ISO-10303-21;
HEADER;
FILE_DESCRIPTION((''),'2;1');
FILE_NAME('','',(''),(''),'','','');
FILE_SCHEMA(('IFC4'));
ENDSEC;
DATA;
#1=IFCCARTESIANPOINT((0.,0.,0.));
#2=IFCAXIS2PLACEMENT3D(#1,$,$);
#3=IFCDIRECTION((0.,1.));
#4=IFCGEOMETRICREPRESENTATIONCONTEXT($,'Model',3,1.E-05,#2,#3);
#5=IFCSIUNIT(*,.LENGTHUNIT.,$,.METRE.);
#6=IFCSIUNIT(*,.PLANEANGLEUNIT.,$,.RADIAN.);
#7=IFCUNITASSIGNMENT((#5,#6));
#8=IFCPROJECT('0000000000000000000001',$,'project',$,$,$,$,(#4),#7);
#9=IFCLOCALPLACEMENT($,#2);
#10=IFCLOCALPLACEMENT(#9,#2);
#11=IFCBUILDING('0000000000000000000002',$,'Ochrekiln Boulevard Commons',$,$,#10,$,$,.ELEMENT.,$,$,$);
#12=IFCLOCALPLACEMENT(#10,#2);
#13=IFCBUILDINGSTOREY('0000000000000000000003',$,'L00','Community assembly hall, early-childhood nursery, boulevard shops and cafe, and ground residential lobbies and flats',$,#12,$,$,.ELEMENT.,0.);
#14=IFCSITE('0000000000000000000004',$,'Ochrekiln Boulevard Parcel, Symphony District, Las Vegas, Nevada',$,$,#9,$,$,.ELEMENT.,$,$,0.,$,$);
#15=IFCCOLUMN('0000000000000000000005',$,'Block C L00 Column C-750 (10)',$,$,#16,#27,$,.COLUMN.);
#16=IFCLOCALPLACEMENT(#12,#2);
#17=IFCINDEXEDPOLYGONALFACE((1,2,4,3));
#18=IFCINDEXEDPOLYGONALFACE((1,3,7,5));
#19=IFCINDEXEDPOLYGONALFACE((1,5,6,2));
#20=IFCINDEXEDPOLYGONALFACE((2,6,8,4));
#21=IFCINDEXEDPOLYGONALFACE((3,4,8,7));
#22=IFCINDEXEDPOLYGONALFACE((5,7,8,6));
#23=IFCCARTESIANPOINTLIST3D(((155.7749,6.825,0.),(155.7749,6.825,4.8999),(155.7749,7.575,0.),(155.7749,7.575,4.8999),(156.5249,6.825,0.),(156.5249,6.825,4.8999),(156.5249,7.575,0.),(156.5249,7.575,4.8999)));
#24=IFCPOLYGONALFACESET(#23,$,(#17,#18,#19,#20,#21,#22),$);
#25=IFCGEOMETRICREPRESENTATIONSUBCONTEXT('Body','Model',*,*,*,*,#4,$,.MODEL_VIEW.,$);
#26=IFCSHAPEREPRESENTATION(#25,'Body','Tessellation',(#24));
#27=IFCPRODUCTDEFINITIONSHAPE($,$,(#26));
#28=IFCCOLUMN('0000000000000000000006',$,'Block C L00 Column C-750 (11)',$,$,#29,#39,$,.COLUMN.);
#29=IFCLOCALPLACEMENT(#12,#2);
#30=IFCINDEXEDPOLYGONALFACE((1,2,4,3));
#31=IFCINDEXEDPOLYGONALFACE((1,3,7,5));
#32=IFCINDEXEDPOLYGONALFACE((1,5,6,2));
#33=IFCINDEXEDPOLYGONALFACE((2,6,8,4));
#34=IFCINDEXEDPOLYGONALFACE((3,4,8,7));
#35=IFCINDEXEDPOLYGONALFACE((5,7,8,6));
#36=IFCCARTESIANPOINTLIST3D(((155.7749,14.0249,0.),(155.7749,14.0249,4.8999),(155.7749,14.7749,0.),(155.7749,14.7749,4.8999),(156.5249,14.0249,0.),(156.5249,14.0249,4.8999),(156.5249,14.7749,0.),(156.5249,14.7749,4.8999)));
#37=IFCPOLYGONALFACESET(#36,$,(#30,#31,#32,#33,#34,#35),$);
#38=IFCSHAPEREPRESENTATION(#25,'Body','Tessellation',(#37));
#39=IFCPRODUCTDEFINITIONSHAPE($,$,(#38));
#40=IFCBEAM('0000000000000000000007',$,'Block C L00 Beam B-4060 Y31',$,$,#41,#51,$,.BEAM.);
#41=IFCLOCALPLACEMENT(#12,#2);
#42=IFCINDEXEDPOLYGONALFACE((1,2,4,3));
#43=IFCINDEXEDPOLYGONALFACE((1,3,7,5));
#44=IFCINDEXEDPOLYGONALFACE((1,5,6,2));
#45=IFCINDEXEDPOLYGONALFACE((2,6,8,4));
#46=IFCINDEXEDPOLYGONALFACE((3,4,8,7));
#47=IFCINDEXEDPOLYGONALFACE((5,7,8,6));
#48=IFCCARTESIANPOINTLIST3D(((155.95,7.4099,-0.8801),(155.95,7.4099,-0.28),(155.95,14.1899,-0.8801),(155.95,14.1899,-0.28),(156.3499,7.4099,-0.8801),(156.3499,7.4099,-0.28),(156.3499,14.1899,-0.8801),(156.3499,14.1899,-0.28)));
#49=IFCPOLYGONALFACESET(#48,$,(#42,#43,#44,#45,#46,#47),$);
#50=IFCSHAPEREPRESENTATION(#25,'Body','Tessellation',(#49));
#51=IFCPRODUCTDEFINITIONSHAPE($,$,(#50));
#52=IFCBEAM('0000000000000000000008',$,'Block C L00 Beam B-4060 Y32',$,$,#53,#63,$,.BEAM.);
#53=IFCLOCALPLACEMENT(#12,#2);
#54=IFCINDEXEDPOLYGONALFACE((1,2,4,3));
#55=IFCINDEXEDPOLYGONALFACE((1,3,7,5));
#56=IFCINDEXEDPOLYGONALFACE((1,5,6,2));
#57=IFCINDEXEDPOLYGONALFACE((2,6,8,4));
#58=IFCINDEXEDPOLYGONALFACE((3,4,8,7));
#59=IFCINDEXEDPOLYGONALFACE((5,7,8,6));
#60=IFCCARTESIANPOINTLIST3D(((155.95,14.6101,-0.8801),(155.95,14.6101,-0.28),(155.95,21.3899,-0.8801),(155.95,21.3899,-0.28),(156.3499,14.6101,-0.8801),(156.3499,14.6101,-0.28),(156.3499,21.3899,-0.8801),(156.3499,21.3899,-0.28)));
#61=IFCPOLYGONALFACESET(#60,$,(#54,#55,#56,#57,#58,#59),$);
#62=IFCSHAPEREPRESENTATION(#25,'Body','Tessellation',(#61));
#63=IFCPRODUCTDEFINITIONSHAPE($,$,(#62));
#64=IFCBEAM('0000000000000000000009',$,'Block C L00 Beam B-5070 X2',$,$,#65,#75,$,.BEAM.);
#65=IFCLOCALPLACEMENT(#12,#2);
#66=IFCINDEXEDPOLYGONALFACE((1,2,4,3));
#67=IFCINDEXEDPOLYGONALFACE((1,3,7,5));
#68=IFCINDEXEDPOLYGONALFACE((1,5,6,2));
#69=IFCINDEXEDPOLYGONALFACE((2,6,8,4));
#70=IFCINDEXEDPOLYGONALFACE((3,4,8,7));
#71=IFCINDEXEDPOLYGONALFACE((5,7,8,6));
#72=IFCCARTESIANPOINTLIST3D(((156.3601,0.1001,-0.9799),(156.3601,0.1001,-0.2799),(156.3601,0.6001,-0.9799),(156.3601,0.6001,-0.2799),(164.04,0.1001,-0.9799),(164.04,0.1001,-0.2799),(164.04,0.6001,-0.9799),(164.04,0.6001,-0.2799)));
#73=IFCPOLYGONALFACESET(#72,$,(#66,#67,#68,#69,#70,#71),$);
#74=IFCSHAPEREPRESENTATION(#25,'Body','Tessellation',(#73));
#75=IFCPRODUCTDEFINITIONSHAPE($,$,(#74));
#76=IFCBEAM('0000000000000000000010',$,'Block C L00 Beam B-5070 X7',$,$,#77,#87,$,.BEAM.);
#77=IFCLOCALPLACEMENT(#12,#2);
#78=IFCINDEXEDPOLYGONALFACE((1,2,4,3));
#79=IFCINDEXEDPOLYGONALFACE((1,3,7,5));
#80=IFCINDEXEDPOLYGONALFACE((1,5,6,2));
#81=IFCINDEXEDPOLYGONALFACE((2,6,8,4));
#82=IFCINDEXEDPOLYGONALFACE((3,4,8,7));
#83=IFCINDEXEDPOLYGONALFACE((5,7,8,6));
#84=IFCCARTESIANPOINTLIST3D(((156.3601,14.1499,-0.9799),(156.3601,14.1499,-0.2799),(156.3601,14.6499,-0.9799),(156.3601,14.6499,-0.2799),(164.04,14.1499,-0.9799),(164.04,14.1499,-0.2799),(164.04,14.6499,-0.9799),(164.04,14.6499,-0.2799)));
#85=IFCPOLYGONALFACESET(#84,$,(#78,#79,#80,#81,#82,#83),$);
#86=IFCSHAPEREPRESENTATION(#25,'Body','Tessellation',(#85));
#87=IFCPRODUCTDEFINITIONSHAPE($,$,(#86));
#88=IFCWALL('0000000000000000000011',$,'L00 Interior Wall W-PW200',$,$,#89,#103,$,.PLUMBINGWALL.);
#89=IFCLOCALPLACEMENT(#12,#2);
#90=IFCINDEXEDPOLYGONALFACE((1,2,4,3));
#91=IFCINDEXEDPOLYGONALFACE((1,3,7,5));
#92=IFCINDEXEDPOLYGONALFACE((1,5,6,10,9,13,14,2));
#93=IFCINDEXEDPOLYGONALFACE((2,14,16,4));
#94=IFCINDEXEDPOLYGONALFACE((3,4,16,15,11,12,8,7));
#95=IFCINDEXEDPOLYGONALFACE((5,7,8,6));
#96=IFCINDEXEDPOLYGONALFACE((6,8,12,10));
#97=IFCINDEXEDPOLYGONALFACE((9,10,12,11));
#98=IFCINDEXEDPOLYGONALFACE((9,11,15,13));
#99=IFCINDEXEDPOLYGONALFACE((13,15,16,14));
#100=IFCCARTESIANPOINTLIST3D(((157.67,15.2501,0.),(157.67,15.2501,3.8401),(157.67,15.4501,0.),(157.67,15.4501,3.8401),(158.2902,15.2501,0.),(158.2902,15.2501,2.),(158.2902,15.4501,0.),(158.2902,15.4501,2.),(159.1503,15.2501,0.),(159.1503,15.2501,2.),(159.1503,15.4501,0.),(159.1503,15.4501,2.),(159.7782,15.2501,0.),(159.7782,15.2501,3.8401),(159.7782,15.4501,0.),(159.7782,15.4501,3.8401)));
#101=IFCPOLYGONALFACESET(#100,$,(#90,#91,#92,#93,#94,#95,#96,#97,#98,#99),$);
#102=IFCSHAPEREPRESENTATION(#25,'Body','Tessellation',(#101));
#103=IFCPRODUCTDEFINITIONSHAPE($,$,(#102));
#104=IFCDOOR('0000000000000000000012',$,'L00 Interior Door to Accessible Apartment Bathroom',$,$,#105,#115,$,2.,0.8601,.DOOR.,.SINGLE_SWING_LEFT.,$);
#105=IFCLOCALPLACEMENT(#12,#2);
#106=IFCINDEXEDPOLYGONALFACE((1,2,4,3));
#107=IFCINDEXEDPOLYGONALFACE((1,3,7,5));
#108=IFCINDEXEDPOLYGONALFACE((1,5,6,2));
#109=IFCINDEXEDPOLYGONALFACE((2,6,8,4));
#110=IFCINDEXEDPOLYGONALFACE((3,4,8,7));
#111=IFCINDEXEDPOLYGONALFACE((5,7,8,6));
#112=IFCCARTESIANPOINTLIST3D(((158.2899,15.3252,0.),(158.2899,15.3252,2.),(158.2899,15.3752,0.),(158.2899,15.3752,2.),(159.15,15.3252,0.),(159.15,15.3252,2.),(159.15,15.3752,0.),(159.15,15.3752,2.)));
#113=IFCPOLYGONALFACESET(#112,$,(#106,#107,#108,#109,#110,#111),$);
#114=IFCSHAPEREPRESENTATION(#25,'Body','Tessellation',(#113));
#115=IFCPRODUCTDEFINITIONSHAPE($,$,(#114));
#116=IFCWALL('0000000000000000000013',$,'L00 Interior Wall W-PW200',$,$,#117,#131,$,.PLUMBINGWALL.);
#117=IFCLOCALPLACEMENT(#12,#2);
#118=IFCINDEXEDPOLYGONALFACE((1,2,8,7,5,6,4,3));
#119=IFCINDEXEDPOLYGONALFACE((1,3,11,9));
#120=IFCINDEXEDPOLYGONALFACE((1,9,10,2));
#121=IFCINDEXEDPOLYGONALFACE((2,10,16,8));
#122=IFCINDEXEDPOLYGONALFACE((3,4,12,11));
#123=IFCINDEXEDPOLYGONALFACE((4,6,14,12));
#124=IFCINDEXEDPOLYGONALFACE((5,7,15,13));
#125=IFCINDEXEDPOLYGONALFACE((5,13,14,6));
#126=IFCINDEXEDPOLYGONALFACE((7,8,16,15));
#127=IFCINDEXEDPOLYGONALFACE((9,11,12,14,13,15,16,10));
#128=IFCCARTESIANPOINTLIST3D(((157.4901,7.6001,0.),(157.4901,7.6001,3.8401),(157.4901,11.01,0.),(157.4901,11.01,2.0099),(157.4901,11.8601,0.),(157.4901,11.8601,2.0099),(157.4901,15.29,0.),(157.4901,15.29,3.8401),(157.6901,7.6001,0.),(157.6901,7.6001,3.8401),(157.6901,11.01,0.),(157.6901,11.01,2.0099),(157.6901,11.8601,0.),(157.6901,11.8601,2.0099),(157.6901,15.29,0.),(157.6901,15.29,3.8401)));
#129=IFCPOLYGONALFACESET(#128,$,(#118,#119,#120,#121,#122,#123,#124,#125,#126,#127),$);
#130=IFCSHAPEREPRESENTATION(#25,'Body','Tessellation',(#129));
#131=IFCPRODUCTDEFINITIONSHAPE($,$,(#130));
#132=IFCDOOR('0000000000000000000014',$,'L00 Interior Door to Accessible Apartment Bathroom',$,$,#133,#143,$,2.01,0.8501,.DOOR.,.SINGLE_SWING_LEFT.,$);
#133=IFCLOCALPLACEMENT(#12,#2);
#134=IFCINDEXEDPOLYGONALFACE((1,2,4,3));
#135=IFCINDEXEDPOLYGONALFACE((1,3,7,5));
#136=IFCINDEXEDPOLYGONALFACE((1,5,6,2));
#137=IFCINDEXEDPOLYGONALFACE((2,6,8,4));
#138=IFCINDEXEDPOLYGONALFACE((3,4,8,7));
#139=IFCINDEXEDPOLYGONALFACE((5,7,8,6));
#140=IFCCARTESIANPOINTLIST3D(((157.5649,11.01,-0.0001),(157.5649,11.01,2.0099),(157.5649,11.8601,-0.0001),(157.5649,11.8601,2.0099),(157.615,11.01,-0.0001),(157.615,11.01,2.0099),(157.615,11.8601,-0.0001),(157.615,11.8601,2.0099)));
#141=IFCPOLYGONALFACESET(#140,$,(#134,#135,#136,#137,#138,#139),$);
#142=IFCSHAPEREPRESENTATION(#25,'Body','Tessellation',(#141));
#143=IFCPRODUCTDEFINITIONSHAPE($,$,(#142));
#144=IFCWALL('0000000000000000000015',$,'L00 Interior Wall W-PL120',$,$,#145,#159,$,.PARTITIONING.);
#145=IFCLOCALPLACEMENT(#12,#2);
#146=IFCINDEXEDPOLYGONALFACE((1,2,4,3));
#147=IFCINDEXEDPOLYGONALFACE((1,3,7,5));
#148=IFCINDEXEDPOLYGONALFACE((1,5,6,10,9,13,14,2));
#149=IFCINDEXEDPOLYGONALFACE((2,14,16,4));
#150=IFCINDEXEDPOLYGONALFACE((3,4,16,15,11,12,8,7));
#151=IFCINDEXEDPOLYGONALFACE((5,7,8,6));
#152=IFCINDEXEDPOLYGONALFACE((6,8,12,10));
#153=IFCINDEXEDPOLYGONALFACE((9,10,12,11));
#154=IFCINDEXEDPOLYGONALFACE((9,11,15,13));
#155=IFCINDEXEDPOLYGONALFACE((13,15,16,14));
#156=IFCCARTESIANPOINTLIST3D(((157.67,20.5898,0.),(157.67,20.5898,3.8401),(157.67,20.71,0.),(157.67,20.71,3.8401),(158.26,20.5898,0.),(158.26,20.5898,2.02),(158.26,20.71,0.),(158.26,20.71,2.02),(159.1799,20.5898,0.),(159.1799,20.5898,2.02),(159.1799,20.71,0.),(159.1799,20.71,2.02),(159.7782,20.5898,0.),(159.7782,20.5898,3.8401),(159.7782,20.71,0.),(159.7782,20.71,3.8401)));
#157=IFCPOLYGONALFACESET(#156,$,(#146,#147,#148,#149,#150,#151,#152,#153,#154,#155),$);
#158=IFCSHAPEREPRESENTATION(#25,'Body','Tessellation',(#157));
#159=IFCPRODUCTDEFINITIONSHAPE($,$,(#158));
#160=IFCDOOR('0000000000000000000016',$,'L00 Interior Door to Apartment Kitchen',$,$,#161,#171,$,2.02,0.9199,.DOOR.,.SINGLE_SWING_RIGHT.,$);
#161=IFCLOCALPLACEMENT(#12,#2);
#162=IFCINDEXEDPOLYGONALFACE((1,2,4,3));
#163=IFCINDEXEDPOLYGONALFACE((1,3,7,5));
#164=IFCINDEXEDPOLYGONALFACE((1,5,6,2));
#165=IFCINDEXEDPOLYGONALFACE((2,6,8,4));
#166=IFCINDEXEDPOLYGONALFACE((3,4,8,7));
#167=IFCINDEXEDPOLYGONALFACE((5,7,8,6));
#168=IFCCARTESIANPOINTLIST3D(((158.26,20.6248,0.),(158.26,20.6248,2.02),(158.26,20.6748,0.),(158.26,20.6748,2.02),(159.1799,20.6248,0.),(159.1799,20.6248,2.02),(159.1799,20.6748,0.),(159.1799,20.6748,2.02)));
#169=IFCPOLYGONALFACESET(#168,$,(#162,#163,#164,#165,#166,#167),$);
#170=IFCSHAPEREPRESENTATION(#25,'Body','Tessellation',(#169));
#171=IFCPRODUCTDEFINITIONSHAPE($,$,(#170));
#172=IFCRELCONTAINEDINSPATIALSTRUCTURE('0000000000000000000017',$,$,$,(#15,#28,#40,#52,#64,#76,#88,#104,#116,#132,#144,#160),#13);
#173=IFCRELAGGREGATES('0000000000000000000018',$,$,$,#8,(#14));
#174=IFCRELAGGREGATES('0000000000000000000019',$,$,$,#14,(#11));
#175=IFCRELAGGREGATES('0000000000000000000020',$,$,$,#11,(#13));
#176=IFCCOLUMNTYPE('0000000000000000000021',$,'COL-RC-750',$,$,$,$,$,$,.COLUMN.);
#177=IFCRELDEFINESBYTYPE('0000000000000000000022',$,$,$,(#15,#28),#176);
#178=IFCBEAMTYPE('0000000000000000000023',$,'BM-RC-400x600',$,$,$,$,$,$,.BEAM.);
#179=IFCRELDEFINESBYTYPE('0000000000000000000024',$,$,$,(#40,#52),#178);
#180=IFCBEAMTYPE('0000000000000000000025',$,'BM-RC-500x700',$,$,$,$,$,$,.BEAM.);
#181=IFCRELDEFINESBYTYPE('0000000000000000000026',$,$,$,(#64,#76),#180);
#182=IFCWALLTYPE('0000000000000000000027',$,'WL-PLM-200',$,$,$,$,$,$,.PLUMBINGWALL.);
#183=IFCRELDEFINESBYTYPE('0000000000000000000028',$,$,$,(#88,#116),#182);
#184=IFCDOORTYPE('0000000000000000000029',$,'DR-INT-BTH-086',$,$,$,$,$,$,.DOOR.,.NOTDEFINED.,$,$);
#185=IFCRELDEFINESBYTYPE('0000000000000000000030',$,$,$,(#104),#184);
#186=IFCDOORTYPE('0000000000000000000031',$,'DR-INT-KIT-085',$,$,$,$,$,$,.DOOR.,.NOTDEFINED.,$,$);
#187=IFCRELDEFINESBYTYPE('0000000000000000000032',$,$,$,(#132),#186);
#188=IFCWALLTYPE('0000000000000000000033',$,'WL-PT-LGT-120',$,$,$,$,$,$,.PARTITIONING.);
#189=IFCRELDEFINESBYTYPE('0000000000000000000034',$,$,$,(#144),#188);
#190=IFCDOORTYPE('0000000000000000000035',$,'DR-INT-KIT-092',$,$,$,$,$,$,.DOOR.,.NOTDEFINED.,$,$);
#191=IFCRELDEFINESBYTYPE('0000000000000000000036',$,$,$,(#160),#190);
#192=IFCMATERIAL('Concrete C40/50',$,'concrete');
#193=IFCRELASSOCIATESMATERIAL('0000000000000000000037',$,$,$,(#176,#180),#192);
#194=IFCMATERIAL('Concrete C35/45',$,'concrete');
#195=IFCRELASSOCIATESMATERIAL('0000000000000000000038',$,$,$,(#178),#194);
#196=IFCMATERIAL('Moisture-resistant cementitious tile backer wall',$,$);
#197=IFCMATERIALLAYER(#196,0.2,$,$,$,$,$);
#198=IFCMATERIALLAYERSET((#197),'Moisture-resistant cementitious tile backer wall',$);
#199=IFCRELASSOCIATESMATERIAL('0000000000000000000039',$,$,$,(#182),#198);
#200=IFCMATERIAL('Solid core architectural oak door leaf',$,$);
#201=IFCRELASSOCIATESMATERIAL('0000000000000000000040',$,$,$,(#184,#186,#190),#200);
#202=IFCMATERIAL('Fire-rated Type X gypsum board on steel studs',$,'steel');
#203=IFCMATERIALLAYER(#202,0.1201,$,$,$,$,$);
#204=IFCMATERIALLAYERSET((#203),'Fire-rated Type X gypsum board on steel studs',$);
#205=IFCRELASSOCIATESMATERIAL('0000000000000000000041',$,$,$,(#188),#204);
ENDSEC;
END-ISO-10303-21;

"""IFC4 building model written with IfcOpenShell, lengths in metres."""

from ifc_helpers import new_model, si_unit, direction, frame, frame_2d, origin, origin_2d, place, context, subcontext, project, spatial, rectangle, extrude, material, layer, layer_set, material_profile, profile_set, type_object, element, fill, save


model = new_model("IFC4")

# Units and contexts
model_context = context("Model", 3, precision=1e-05, world=origin(), true_north=direction((0.0, 1.0)))
body_context = subcontext(model_context, "Body", "Model", "MODEL_VIEW")
ifc_project = project(units=[si_unit("LENGTHUNIT", "METRE"), si_unit("PLANEANGLEUNIT", "RADIAN")], contexts=[model_context])

# Site, building, storey
site_placement = place(None, origin())
site = spatial("IfcSite", under=ifc_project, at=site_placement, Name="Ochrekiln Boulevard Parcel, Symphony District, Las Vegas, Nevada", CompositionType="ELEMENT", RefElevation=0.0)
building_placement = place(site_placement, origin())
building = spatial("IfcBuilding", under=site, at=building_placement, Name="Ochrekiln Boulevard Commons", CompositionType="ELEMENT")
storey_placement = place(building_placement, origin())
storey = spatial("IfcBuildingStorey", under=building, at=storey_placement, Name="L00", Description="Community assembly hall, early-childhood nursery, boulevard shops and cafe, and ground residential lobbies and flats", CompositionType="ELEMENT", Elevation=0.0)

# Columns
ifc_material_1 = material(Name="Concrete C40/50", Category="concrete")
ifc_material_profile_1 = material_profile(ifc_material_1, rectangle(XDim=0.75, YDim=0.75, at=origin_2d()), Name="RC-COL-750x750")
ifc_profile_set_1 = profile_set([ifc_material_profile_1], Name="Concrete C40/50")
column_type = type_object("IfcColumnType", Name="COL-RC-750", PredefinedType="COLUMN", material=ifc_profile_set_1)
for number, where, z_axis, x_axis, name in (
    (1, (156.1499, 7.2, 0.0), (0.0, 0.0, 1.0), (1.0, 0.0, 0.0), "Block C L00 Column C-750 (10)"),
    (2, (156.1499, 14.3999, 0.0), (0.0, 0.0, 1.0), (1.0, 0.0, 0.0), "Block C L00 Column C-750 (11)"),
):
    element("IfcColumn", number, at=place(storey_placement, frame(where, z_axis=z_axis, x_axis=x_axis)), inside=storey, type_object=column_type, Name=name, PredefinedType="COLUMN", context=body_context, shape_type="SweptSolid", body=[
        extrude(rectangle(XDim=0.75, YDim=0.75, at=origin_2d()), origin(), (0.0, 0.0, 1.0), 4.8999),
    ])

# Beams
ifc_material_2 = material(Name="Concrete C35/45", Category="concrete")
ifc_material_profile_2 = material_profile(ifc_material_2, rectangle(XDim=0.3999, YDim=0.6001, at=origin_2d()), Name="RC-BM-400x600")
ifc_profile_set_2 = profile_set([ifc_material_profile_2], Name="Concrete C35/45")
beam_type_1 = type_object("IfcBeamType", Name="BM-RC-400x600", PredefinedType="BEAM", material=ifc_profile_set_2)
beam_1_placement = place(storey_placement, frame((156.1499, 7.4099, -0.5801), z_axis=(0.0, 1.0, 0.0), x_axis=(-1.0, 0.0, 0.0)))
element("IfcBeam", 3, at=beam_1_placement, inside=storey, type_object=beam_type_1, Name="Block C L00 Beam B-4060 Y31", PredefinedType="BEAM", context=body_context, shape_type="SweptSolid", body=[
    extrude(rectangle(XDim=0.3999, YDim=0.6001, at=origin_2d()), origin(), (0.0, 0.0, 1.0), 6.78),
])
beam_2_placement = place(storey_placement, frame((156.1499, 14.6101, -0.5801), z_axis=(0.0, 1.0, 0.0), x_axis=(-1.0, 0.0, 0.0)))
element("IfcBeam", 4, at=beam_2_placement, inside=storey, type_object=beam_type_1, Name="Block C L00 Beam B-4060 Y32", PredefinedType="BEAM", context=body_context, shape_type="SweptSolid", body=[
    extrude(rectangle(XDim=0.3999, YDim=0.6001, at=origin_2d()), origin(), (0.0, 0.0, 1.0), 6.7798),
])
ifc_material_profile_3 = material_profile(ifc_material_1, rectangle(XDim=0.5, YDim=0.7, at=origin_2d()), Name="RC-BM-500x700")
ifc_profile_set_3 = profile_set([ifc_material_profile_3], Name="Concrete C40/50")
beam_type_2 = type_object("IfcBeamType", Name="BM-RC-500x700", PredefinedType="BEAM", material=ifc_profile_set_3)
for number, where, z_axis, x_axis, name in (
    (5, (156.3601, 0.3501, -0.6299), (1.0, 0.0, 0.0), (0.0, 1.0, 0.0), "Block C L00 Beam B-5070 X2"),
    (6, (156.3601, 14.3999, -0.6299), (1.0, 0.0, 0.0), (0.0, 1.0, 0.0), "Block C L00 Beam B-5070 X7"),
):
    element("IfcBeam", number, at=place(storey_placement, frame(where, z_axis=z_axis, x_axis=x_axis)), inside=storey, type_object=beam_type_2, Name=name, PredefinedType="BEAM", context=body_context, shape_type="SweptSolid", body=[
        extrude(rectangle(XDim=0.5, YDim=0.7, at=origin_2d()), origin(), (0.0, 0.0, 1.0), 7.6799),
    ])

# Walls, openings, doors
ifc_material_3 = material(Name="Moisture-resistant cementitious tile backer wall")
ifc_layer_1 = layer(ifc_material_3, 0.2)
ifc_layer_set_1 = layer_set([ifc_layer_1], Name="Moisture-resistant cementitious tile backer wall")
wall_type_1 = type_object("IfcWallType", Name="WL-PLM-200", PredefinedType="PLUMBINGWALL", material=ifc_layer_set_1)
wall_1_placement = place(storey_placement, frame((157.6699, 15.3501, 0.0), z_axis=(0.0, 0.0, 1.0), x_axis=(1.0, 0.0, 0.0)))
wall_1 = element("IfcWall", 7, at=wall_1_placement, inside=storey, type_object=wall_type_1, Name="L00 Interior Wall W-PW200", PredefinedType="PLUMBINGWALL", context=body_context, shape_type="SweptSolid", body=[
    extrude(rectangle(XDim=2.1082, YDim=0.2, at=frame_2d((1.0542, 0.0))), origin(), (0.0, 0.0, 1.0), 3.8401),
])
opening_1_placement = place(wall_1_placement, frame((0.6201, 0.0, 0.0)))
opening_1 = element("IfcOpeningElement", 8, at=opening_1_placement, cuts=wall_1, PredefinedType="OPENING", context=body_context, shape_type="SweptSolid", body=[
    extrude(rectangle(XDim=0.8601, YDim=2.0, at=frame_2d((0.4302, 1.0))), frame((0.0, 0.1099, 0.0), z_axis=(0.0, -1.0, 0.0), x_axis=(1.0, 0.0, 0.0)), (0.0, 0.0, 1.0), 0.22),
])
ifc_material_4 = material(Name="Solid core architectural oak door leaf")
door_type_1 = type_object("IfcDoorType", Name="DR-INT-BTH-086", OperationType="NOTDEFINED", PredefinedType="DOOR", material=ifc_material_4)
door_1_placement = place(opening_1_placement, frame((0.8601, 0.0, 0.0), z_axis=(0.0, 0.0, 1.0), x_axis=(-1.0, 0.0, 0.0)))
door_1 = element("IfcDoor", 9, at=door_1_placement, inside=storey, type_object=door_type_1, Name="L00 Interior Door to Accessible Apartment Bathroom", OperationType="SINGLE_SWING_LEFT", OverallHeight=2.0, OverallWidth=0.8601, PredefinedType="DOOR", context=body_context, shape_type="SweptSolid", body=[
    extrude(rectangle(XDim=0.8601, YDim=2.0, at=frame_2d((0.4302, 1.0))), frame((0.0, 0.0249, 0.0), z_axis=(0.0, -1.0, 0.0), x_axis=(1.0, 0.0, 0.0)), (0.0, 0.0, 1.0), 0.05),
])
fill(opening_1, door_1)
wall_2_placement = place(storey_placement, frame((157.5901, 7.6001, 0.0), z_axis=(0.0, 0.0, 1.0), x_axis=(0.0, 1.0, 0.0)))
wall_2 = element("IfcWall", 10, at=wall_2_placement, inside=storey, type_object=wall_type_1, Name="L00 Interior Wall W-PW200", PredefinedType="PLUMBINGWALL", context=body_context, shape_type="SweptSolid", body=[
    extrude(rectangle(XDim=7.6899, YDim=0.2, at=frame_2d((3.845, 0.0))), origin(), (0.0, 0.0, 1.0), 3.8401),
])
opening_2_placement = place(wall_2_placement, frame((3.4099, 0.0, 0.0)))
opening_2 = element("IfcOpeningElement", 11, at=opening_2_placement, cuts=wall_2, PredefinedType="OPENING", context=body_context, shape_type="SweptSolid", body=[
    extrude(rectangle(XDim=0.8501, YDim=2.01, at=frame_2d((0.425, 1.0049))), frame((0.0, 0.1099, 0.0), z_axis=(0.0, -1.0, 0.0), x_axis=(1.0, 0.0, 0.0)), (0.0, 0.0, 1.0), 0.22),
])
door_type_2 = type_object("IfcDoorType", Name="DR-INT-KIT-085", OperationType="NOTDEFINED", PredefinedType="DOOR", material=ifc_material_4)
door_2_placement = place(opening_2_placement, frame((0.8501, 0.0, 0.0), z_axis=(0.0, 0.0, 1.0), x_axis=(-1.0, 0.0, 0.0)))
door_2 = element("IfcDoor", 12, at=door_2_placement, inside=storey, type_object=door_type_2, Name="L00 Interior Door to Accessible Apartment Bathroom", OperationType="SINGLE_SWING_LEFT", OverallHeight=2.01, OverallWidth=0.8501, PredefinedType="DOOR", context=body_context, shape_type="SweptSolid", body=[
    extrude(rectangle(XDim=0.8501, YDim=2.01, at=frame_2d((0.425, 1.0049))), frame((0.0, 0.0249, 0.0), z_axis=(0.0, -1.0, 0.0), x_axis=(1.0, 0.0, 0.0)), (0.0, 0.0, 1.0), 0.05),
])
fill(opening_2, door_2)
ifc_material_5 = material(Name="Fire-rated Type X gypsum board on steel studs", Category="steel")
ifc_layer_2 = layer(ifc_material_5, 0.1201)
ifc_layer_set_2 = layer_set([ifc_layer_2], Name="Fire-rated Type X gypsum board on steel studs")
wall_type_2 = type_object("IfcWallType", Name="WL-PT-LGT-120", PredefinedType="PARTITIONING", material=ifc_layer_set_2)
wall_3_placement = place(storey_placement, frame((157.6699, 20.6499, 0.0), z_axis=(0.0, 0.0, 1.0), x_axis=(1.0, 0.0, 0.0)))
wall_3 = element("IfcWall", 13, at=wall_3_placement, inside=storey, type_object=wall_type_2, Name="L00 Interior Wall W-PL120", PredefinedType="PARTITIONING", context=body_context, shape_type="SweptSolid", body=[
    extrude(rectangle(XDim=2.1082, YDim=0.1201, at=frame_2d((1.0542, 0.0))), origin(), (0.0, 0.0, 1.0), 3.8401),
])
opening_3_placement = place(wall_3_placement, frame((0.5901, 0.0, 0.0)))
opening_3 = element("IfcOpeningElement", 14, at=opening_3_placement, cuts=wall_3, PredefinedType="OPENING", context=body_context, shape_type="SweptSolid", body=[
    extrude(rectangle(XDim=0.9199, YDim=2.02, at=frame_2d((0.46, 1.01))), frame((0.0, 0.0701, 0.0), z_axis=(0.0, -1.0, 0.0), x_axis=(1.0, 0.0, 0.0)), (0.0, 0.0, 1.0), 0.1401),
])
door_type_3 = type_object("IfcDoorType", Name="DR-INT-KIT-092", OperationType="NOTDEFINED", PredefinedType="DOOR", material=ifc_material_4)
door_3_placement = place(opening_3_placement, origin())
door_3 = element("IfcDoor", 15, at=door_3_placement, inside=storey, type_object=door_type_3, Name="L00 Interior Door to Apartment Kitchen", OperationType="SINGLE_SWING_RIGHT", OverallHeight=2.02, OverallWidth=0.9199, PredefinedType="DOOR", context=body_context, shape_type="SweptSolid", body=[
    extrude(rectangle(XDim=0.9199, YDim=2.02, at=frame_2d((0.46, 1.01))), frame((0.0, 0.0249, 0.0), z_axis=(0.0, -1.0, 0.0), x_axis=(1.0, 0.0, 0.0)), (0.0, 0.0, 1.0), 0.05),
])
fill(opening_3, door_3)

save(model, "model.ifc")
